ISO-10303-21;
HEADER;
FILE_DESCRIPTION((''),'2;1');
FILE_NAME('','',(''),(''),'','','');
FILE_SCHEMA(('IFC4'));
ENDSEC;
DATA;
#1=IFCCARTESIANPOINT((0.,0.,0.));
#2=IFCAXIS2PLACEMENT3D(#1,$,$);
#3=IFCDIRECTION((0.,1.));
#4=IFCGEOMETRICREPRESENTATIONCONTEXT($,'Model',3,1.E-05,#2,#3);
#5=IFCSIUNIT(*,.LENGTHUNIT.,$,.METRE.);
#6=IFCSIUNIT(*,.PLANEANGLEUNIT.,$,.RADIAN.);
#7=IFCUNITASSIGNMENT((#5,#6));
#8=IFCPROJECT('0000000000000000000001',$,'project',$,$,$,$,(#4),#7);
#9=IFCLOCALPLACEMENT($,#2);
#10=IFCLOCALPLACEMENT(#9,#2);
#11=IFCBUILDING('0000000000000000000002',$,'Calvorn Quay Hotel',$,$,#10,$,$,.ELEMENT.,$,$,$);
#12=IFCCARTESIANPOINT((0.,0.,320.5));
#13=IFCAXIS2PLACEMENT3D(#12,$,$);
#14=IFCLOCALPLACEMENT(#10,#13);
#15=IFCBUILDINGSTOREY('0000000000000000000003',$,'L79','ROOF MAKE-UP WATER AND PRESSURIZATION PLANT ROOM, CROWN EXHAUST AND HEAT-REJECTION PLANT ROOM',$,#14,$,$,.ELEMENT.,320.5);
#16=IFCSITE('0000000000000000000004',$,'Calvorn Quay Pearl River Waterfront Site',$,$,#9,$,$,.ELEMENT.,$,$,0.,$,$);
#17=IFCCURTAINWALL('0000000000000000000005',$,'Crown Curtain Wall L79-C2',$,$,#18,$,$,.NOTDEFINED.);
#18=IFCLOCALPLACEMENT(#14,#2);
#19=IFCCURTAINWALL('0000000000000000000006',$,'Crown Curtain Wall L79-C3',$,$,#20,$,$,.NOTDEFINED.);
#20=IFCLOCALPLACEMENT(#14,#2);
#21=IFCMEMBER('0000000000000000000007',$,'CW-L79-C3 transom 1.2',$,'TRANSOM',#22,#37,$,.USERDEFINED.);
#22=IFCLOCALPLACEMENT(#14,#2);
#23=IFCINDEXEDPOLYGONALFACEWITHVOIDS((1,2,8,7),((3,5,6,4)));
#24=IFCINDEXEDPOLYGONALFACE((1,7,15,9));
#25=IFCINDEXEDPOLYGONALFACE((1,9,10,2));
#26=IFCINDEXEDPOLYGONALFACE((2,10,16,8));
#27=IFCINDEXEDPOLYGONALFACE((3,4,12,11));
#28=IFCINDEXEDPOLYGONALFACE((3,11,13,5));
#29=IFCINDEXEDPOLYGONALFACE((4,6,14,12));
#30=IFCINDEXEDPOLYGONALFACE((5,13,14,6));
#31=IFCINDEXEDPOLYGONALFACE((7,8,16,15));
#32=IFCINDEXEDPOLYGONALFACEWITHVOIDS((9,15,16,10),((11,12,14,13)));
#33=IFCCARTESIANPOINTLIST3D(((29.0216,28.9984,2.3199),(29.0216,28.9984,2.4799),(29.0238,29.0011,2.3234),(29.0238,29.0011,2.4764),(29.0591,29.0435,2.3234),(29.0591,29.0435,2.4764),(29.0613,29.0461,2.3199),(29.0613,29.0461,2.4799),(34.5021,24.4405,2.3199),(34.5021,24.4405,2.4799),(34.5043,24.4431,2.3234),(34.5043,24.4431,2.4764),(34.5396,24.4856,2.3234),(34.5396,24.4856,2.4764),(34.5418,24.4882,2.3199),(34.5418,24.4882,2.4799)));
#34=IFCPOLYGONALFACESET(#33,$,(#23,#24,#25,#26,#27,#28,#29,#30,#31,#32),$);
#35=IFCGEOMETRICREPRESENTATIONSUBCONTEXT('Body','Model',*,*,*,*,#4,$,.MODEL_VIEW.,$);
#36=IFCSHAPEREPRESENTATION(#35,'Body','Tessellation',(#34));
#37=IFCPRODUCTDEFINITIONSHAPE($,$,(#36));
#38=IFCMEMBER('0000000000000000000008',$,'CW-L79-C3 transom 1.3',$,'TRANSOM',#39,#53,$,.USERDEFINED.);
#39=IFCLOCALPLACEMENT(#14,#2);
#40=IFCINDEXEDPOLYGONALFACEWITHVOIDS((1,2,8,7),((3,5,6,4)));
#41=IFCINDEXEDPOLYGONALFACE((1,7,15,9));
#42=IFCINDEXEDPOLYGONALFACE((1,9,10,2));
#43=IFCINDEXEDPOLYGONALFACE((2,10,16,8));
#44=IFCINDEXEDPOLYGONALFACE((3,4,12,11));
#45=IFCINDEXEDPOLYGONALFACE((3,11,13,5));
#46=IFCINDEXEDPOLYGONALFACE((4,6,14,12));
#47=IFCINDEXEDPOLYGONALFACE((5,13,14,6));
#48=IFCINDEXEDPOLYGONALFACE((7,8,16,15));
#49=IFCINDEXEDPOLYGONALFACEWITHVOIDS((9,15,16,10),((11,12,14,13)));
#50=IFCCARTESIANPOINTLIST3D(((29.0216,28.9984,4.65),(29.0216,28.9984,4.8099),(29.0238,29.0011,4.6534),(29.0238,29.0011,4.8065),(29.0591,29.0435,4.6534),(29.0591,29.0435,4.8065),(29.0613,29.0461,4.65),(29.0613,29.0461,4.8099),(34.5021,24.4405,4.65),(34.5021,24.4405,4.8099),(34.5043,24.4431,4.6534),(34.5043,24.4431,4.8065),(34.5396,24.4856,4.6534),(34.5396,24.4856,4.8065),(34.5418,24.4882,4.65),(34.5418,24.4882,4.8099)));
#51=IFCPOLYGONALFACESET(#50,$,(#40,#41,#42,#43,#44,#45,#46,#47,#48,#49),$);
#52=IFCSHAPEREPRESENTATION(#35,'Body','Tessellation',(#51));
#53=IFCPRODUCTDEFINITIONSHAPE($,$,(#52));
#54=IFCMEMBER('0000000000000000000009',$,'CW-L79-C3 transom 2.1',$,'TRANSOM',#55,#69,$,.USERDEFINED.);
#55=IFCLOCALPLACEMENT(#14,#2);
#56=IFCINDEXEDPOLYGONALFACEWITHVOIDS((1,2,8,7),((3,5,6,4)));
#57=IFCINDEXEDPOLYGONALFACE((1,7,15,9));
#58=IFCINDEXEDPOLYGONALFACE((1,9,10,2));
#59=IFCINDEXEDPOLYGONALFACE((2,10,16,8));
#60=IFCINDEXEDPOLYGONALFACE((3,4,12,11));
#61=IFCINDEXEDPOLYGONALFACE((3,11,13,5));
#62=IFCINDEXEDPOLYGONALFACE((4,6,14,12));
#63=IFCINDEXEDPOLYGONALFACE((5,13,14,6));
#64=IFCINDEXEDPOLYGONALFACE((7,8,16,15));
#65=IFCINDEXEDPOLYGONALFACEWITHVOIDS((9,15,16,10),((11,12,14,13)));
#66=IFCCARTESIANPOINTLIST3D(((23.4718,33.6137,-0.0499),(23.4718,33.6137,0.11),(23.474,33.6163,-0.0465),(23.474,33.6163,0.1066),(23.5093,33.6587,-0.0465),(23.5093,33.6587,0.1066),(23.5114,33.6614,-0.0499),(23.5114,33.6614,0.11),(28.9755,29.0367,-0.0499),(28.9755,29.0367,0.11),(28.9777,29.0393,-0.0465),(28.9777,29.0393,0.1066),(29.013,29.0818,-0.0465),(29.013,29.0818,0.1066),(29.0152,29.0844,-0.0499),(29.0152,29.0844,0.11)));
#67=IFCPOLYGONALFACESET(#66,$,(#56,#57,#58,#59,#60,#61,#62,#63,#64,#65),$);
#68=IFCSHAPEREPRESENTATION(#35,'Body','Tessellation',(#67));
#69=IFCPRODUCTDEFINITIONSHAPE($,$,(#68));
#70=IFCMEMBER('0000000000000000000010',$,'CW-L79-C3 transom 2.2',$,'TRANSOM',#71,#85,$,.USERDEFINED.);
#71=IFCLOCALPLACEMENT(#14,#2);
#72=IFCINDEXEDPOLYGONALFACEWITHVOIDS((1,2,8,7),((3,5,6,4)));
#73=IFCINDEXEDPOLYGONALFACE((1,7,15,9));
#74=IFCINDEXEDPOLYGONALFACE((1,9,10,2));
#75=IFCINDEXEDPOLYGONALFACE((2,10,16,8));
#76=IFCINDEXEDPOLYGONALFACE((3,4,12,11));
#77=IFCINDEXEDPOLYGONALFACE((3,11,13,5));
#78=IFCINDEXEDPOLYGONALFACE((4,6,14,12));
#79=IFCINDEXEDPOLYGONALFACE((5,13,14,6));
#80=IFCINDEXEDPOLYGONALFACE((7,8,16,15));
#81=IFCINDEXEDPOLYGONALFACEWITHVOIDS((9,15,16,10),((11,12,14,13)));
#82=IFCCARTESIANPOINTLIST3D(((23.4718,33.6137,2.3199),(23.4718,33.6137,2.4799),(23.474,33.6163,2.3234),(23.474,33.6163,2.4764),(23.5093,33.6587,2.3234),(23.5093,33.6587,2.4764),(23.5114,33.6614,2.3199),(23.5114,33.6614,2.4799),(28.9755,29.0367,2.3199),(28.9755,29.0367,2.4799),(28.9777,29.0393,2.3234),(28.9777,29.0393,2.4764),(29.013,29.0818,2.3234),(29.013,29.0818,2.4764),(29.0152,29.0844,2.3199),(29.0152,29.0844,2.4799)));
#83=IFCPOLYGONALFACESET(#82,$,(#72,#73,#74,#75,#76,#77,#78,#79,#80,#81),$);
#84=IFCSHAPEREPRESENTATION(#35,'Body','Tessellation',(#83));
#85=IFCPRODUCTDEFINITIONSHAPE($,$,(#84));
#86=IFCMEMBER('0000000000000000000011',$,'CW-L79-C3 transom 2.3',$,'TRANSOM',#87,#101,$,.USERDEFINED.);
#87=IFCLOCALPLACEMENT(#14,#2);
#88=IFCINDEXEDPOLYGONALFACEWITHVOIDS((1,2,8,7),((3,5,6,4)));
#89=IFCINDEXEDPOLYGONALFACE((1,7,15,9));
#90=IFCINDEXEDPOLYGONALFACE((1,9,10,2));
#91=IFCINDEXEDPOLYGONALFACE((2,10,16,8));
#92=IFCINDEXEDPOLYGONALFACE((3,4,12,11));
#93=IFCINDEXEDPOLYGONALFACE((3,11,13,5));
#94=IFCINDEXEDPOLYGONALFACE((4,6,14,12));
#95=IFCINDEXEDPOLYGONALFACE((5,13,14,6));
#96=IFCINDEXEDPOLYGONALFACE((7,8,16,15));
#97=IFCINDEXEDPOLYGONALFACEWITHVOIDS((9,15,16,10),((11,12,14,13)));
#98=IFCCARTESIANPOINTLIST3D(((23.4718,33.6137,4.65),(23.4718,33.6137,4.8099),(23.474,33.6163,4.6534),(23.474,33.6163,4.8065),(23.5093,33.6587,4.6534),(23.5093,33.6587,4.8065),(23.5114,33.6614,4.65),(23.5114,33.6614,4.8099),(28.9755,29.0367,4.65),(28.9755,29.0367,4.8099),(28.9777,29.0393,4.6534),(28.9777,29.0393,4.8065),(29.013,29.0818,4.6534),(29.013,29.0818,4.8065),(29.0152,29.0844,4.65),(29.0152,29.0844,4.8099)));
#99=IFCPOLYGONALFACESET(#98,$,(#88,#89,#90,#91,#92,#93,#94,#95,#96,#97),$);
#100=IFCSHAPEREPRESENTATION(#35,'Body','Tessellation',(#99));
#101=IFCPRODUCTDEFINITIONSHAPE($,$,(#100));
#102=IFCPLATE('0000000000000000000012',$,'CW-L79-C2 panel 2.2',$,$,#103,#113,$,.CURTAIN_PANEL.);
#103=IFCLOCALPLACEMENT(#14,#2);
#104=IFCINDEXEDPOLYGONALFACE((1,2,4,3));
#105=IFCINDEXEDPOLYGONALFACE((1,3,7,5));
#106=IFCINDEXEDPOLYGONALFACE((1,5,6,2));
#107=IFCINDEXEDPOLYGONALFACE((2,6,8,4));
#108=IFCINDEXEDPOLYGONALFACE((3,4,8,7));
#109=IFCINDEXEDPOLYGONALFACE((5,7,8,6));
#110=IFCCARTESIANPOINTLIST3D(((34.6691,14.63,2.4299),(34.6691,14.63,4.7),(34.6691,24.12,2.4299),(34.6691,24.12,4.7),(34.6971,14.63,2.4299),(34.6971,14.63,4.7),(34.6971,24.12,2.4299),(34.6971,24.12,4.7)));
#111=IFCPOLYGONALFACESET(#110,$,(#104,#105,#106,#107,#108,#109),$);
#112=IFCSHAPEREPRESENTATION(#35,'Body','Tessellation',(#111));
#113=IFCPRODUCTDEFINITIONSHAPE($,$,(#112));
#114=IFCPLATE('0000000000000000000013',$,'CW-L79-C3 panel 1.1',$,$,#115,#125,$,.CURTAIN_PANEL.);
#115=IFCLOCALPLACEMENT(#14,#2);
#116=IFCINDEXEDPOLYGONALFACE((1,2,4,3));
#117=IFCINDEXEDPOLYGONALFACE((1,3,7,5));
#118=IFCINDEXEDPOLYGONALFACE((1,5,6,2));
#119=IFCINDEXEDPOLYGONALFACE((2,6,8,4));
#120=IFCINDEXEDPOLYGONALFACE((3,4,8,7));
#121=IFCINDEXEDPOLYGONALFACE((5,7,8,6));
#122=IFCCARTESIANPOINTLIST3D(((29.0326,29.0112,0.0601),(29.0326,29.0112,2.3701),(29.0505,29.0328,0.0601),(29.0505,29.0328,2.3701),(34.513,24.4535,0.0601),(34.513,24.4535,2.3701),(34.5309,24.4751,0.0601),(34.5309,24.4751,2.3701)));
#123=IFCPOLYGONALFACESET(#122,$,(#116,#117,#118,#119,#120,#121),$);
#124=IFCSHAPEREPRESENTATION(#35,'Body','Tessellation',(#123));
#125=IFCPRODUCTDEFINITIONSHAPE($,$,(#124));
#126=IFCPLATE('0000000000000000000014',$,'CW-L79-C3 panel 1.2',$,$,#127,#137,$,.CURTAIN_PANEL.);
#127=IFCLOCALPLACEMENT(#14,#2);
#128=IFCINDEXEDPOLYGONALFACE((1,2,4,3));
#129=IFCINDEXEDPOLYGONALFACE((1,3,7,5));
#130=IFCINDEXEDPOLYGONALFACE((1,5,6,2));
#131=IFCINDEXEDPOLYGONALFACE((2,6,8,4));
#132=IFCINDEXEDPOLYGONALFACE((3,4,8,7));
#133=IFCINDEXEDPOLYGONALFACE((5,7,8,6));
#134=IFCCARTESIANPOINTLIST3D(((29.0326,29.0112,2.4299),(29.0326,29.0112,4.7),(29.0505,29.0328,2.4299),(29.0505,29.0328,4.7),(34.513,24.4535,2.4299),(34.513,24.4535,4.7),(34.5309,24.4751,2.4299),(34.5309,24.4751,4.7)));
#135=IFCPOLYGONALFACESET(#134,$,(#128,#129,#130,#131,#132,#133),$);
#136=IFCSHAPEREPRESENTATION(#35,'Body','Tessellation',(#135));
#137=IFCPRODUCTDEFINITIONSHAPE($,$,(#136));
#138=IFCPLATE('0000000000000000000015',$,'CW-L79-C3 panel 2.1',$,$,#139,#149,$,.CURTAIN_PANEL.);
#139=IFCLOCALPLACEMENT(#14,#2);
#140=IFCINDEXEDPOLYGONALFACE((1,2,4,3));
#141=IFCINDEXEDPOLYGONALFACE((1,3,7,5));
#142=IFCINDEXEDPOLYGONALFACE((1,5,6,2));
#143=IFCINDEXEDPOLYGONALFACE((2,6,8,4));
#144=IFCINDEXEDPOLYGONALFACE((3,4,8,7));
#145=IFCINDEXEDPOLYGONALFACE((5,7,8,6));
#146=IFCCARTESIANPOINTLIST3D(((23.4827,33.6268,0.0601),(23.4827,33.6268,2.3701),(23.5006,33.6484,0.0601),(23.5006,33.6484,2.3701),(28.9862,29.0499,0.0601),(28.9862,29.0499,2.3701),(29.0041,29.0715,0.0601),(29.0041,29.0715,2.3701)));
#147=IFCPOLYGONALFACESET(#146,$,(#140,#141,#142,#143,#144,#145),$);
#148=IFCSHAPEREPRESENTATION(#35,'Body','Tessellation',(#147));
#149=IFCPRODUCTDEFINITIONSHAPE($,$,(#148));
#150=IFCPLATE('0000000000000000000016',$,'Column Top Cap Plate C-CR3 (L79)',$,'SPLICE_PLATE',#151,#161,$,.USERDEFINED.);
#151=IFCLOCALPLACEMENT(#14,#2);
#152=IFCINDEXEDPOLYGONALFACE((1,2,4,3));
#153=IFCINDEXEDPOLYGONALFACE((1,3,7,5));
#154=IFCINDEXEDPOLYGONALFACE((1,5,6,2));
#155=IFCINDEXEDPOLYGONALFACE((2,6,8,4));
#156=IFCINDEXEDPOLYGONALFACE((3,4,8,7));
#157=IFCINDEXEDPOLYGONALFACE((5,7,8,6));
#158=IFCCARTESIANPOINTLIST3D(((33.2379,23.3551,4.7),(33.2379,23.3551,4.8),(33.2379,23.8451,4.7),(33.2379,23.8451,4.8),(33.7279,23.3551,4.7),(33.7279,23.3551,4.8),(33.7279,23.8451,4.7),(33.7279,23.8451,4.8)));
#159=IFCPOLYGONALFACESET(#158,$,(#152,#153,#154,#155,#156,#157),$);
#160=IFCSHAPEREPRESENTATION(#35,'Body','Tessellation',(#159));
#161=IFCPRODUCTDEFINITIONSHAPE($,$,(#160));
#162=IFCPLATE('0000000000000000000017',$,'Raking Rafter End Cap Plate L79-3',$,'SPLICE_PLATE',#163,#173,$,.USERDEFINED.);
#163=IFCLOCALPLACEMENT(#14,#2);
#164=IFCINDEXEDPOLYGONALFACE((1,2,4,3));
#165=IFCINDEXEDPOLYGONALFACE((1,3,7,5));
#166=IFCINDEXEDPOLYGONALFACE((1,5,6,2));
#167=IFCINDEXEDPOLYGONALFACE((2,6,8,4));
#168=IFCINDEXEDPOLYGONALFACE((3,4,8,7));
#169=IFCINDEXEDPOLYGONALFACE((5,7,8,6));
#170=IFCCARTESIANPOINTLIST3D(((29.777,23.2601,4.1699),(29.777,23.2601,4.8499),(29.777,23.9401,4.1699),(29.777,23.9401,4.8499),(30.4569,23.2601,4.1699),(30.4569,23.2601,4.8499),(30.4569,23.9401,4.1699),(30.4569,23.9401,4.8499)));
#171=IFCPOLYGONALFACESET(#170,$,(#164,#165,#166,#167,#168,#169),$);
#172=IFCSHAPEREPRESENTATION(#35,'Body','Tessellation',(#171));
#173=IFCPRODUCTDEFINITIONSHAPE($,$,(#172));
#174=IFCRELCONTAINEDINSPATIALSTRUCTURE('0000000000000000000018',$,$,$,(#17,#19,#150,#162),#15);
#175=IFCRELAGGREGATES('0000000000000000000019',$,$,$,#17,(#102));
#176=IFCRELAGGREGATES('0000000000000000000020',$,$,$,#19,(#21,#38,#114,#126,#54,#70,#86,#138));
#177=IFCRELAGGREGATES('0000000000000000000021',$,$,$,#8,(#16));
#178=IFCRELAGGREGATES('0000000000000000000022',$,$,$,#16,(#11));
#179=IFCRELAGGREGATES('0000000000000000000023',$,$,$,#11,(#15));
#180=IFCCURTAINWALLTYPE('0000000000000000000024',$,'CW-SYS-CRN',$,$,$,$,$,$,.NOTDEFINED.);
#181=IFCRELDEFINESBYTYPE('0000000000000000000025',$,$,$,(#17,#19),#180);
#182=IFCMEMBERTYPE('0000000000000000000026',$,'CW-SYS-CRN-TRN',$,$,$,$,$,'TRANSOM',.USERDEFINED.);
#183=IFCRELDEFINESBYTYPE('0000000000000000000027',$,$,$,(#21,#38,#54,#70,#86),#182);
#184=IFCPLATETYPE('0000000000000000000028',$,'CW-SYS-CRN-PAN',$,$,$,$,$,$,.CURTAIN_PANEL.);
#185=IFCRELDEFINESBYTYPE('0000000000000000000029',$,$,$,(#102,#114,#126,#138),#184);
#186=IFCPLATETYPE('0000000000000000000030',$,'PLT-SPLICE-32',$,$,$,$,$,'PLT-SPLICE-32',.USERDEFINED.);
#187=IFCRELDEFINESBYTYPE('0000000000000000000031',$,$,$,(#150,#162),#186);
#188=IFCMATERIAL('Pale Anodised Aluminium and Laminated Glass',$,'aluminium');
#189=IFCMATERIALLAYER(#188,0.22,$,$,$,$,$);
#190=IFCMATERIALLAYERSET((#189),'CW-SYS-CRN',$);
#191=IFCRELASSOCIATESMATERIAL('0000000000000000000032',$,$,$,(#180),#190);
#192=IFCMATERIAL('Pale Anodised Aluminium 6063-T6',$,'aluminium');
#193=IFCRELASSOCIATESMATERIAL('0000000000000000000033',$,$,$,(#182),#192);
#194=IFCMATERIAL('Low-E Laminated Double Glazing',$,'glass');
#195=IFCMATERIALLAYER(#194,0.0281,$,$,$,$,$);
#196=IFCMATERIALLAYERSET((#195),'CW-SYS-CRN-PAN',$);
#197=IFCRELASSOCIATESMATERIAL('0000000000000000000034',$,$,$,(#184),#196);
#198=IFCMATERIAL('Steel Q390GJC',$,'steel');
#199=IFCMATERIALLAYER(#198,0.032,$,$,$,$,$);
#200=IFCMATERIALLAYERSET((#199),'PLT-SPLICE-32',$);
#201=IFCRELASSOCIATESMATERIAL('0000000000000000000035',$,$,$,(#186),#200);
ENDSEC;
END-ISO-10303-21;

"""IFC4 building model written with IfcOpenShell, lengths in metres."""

from ifc_helpers import new_model, si_unit, direction, frame, origin, origin_2d, place, context, subcontext, project, spatial, rectangle, hollow_rectangle, extrude, material, layer, layer_set, material_profile, profile_set, type_object, element, aggregate, save


model = new_model("IFC4")

# Units and contexts
model_context = context("Model", 3, precision=1e-05, world=origin(), true_north=direction((0.0, 1.0)))
body_context = subcontext(model_context, "Body", "Model", "MODEL_VIEW")
ifc_project = project(units=[si_unit("LENGTHUNIT", "METRE"), si_unit("PLANEANGLEUNIT", "RADIAN")], contexts=[model_context])

# Site, building, storey
site_placement = place(None, origin())
site = spatial("IfcSite", under=ifc_project, at=site_placement, Name="Calvorn Quay Pearl River Waterfront Site", CompositionType="ELEMENT", RefElevation=0.0)
building_placement = place(site_placement, origin())
building = spatial("IfcBuilding", under=site, at=building_placement, Name="Calvorn Quay Hotel", CompositionType="ELEMENT")
storey_placement = place(building_placement, frame((0.0, 0.0, 320.5)))
storey = spatial("IfcBuildingStorey", under=building, at=storey_placement, Name="L79", Description="ROOF MAKE-UP WATER AND PRESSURIZATION PLANT ROOM, CROWN EXHAUST AND HEAT-REJECTION PLANT ROOM", CompositionType="ELEMENT", Elevation=320.5)

# Curtain wall
ifc_material_1 = material(Name="Pale Anodised Aluminium and Laminated Glass", Category="aluminium")
ifc_layer_1 = layer(ifc_material_1, 0.22)
ifc_layer_set_1 = layer_set([ifc_layer_1], Name="CW-SYS-CRN")
curtain_wall_type = type_object("IfcCurtainWallType", Name="CW-SYS-CRN", PredefinedType="NOTDEFINED", material=ifc_layer_set_1)
curtain_wall_1_placement = place(storey_placement, origin())
curtain_wall_1 = element("IfcCurtainWall", 1, at=curtain_wall_1_placement, inside=storey, type_object=curtain_wall_type, Name="Crown Curtain Wall L79-C2", PredefinedType="NOTDEFINED")

# Curtain wall, members
curtain_wall_2_placement = place(storey_placement, origin())
curtain_wall_2 = element("IfcCurtainWall", 2, at=curtain_wall_2_placement, inside=storey, type_object=curtain_wall_type, Name="Crown Curtain Wall L79-C3", PredefinedType="NOTDEFINED")
ifc_material_2 = material(Name="Pale Anodised Aluminium 6063-T6", Category="aluminium")
ifc_material_profile_1 = material_profile(ifc_material_2, hollow_rectangle(XDim=0.062, YDim=0.1599, WallThickness=0.0034, at=origin_2d()), Name="ALU-T160x62x3.5")
ifc_profile_set_1 = profile_set([ifc_material_profile_1], Name="Pale Anodised Aluminium 6063-T6")
member_type_1 = type_object("IfcMemberType", Name="CW-SYS-CRN-TRN", ElementType="TRANSOM", PredefinedType="USERDEFINED", material=ifc_profile_set_1)
member_1_placement = place(storey_placement, frame((34.522, 24.4644, 2.3999), z_axis=(-0.768855, 0.639423, 0.0), x_axis=(-0.639423, -0.768855, 0.0)))
member_1 = element("IfcMember", 3, at=member_1_placement, type_object=member_type_1, Name="CW-L79-C3 transom 1.2", ObjectType="TRANSOM", PredefinedType="USERDEFINED", context=body_context, shape_type="SweptSolid", body=[
    extrude(hollow_rectangle(XDim=0.062, YDim=0.1599, WallThickness=0.0034, at=origin_2d()), origin(), (0.0, 0.0, 1.0), 7.1282),
])
member_2_placement = place(storey_placement, frame((34.522, 24.4644, 4.73), z_axis=(-0.768855, 0.639423, 0.0), x_axis=(-0.639423, -0.768855, 0.0)))
member_2 = element("IfcMember", 4, at=member_2_placement, type_object=member_type_1, Name="CW-L79-C3 transom 1.3", ObjectType="TRANSOM", PredefinedType="USERDEFINED", context=body_context, shape_type="SweptSolid", body=[
    extrude(hollow_rectangle(XDim=0.062, YDim=0.1599, WallThickness=0.0034, at=origin_2d()), origin(), (0.0, 0.0, 1.0), 7.1282),
])
member_3_placement = place(storey_placement, frame((28.9954, 29.0605, 0.03), z_axis=(-0.768872, 0.639402, 0.0), x_axis=(-0.639402, -0.768872, 0.0)))
member_3 = element("IfcMember", 5, at=member_3_placement, type_object=member_type_1, Name="CW-L79-C3 transom 2.1", ObjectType="TRANSOM", PredefinedType="USERDEFINED", context=body_context, shape_type="SweptSolid", body=[
    extrude(hollow_rectangle(XDim=0.062, YDim=0.1599, WallThickness=0.0034, at=origin_2d()), origin(), (0.0, 0.0, 1.0), 7.1582),
])
member_4_placement = place(storey_placement, frame((28.9954, 29.0605, 2.3999), z_axis=(-0.768872, 0.639402, 0.0), x_axis=(-0.639402, -0.768872, 0.0)))
member_4 = element("IfcMember", 6, at=member_4_placement, type_object=member_type_1, Name="CW-L79-C3 transom 2.2", ObjectType="TRANSOM", PredefinedType="USERDEFINED", context=body_context, shape_type="SweptSolid", body=[
    extrude(hollow_rectangle(XDim=0.062, YDim=0.1599, WallThickness=0.0034, at=origin_2d()), origin(), (0.0, 0.0, 1.0), 7.1582),
])
member_5_placement = place(storey_placement, frame((28.9954, 29.0605, 4.73), z_axis=(-0.768872, 0.639402, 0.0), x_axis=(-0.639402, -0.768872, 0.0)))
member_5 = element("IfcMember", 7, at=member_5_placement, type_object=member_type_1, Name="CW-L79-C3 transom 2.3", ObjectType="TRANSOM", PredefinedType="USERDEFINED", context=body_context, shape_type="SweptSolid", body=[
    extrude(hollow_rectangle(XDim=0.062, YDim=0.1599, WallThickness=0.0034, at=origin_2d()), origin(), (0.0, 0.0, 1.0), 7.1582),
])

# Plates
ifc_material_3 = material(Name="Low-E Laminated Double Glazing", Category="glass")
ifc_layer_2 = layer(ifc_material_3, 0.0281)
ifc_layer_set_2 = layer_set([ifc_layer_2], Name="CW-SYS-CRN-PAN")
plate_type_1 = type_object("IfcPlateType", Name="CW-SYS-CRN-PAN", PredefinedType="CURTAIN_PANEL", material=ifc_layer_set_2)
plate_1_placement = place(storey_placement, frame((34.6831, 19.375, 2.4299), z_axis=(0.0, 0.0, 1.0), x_axis=(0.0, 1.0, 0.0)))
plate_1 = element("IfcPlate", 8, at=plate_1_placement, type_object=plate_type_1, Name="CW-L79-C2 panel 2.2", PredefinedType="CURTAIN_PANEL", context=body_context, shape_type="SweptSolid", body=[
    extrude(rectangle(XDim=9.49, YDim=0.0281, at=origin_2d()), origin(), (0.0, 0.0, 1.0), 2.27),
])
aggregate(curtain_wall_1, [plate_1])
plate_2_placement = place(storey_placement, frame((31.7817, 26.7432, 0.0601), z_axis=(0.0, 0.0, 1.0), x_axis=(-0.768861, 0.639416, 0.0)))
plate_2 = element("IfcPlate", 9, at=plate_2_placement, type_object=plate_type_1, Name="CW-L79-C3 panel 1.1", PredefinedType="CURTAIN_PANEL", context=body_context, shape_type="SweptSolid", body=[
    extrude(rectangle(XDim=7.1279, YDim=0.0281, at=origin_2d()), origin(), (0.0, 0.0, 1.0), 2.3101),
])
plate_3_placement = place(storey_placement, frame((31.7817, 26.7432, 2.4299), z_axis=(0.0, 0.0, 1.0), x_axis=(-0.768861, 0.639416, 0.0)))
plate_3 = element("IfcPlate", 10, at=plate_3_placement, type_object=plate_type_1, Name="CW-L79-C3 panel 1.2", PredefinedType="CURTAIN_PANEL", context=body_context, shape_type="SweptSolid", body=[
    extrude(rectangle(XDim=7.1279, YDim=0.0281, at=origin_2d()), origin(), (0.0, 0.0, 1.0), 2.27),
])
plate_4_placement = place(storey_placement, frame((26.2434, 31.3491, 0.0601), z_axis=(0.0, 0.0, 1.0), x_axis=(-0.768861, 0.639416, 0.0)))
plate_4 = element("IfcPlate", 11, at=plate_4_placement, type_object=plate_type_1, Name="CW-L79-C3 panel 2.1", PredefinedType="CURTAIN_PANEL", context=body_context, shape_type="SweptSolid", body=[
    extrude(rectangle(XDim=7.158, YDim=0.0281, at=origin_2d()), origin(), (0.0, 0.0, 1.0), 2.3101),
])
aggregate(curtain_wall_2, [member_1, member_2, plate_2, plate_3, member_3, member_4, member_5, plate_4])

# Plates
ifc_material_4 = material(Name="Steel Q390GJC", Category="steel")
ifc_layer_3 = layer(ifc_material_4, 0.032)
ifc_layer_set_3 = layer_set([ifc_layer_3], Name="PLT-SPLICE-32")
plate_type_2 = type_object("IfcPlateType", Name="PLT-SPLICE-32", ElementType="PLT-SPLICE-32", PredefinedType="USERDEFINED", material=ifc_layer_set_3)
plate_5_placement = place(storey_placement, frame((33.4829, 23.6001, 4.7), z_axis=(0.0, 0.0, 1.0), x_axis=(1.0, 0.0, 0.0)))
element("IfcPlate", 12, at=plate_5_placement, inside=storey, type_object=plate_type_2, Name="Column Top Cap Plate C-CR3 (L79)", ObjectType="SPLICE_PLATE", PredefinedType="USERDEFINED", context=body_context, shape_type="SweptSolid", body=[
    extrude(rectangle(XDim=0.49, YDim=0.49, at=origin_2d()), origin(), (0.0, 0.0, 1.0), 0.1001),
])
plate_6_placement = place(storey_placement, frame((30.1169, 23.6001, 4.1699), z_axis=(0.0, 0.0, 1.0), x_axis=(1.0, 0.0, 0.0)))
element("IfcPlate", 13, at=plate_6_placement, inside=storey, type_object=plate_type_2, Name="Raking Rafter End Cap Plate L79-3", ObjectType="SPLICE_PLATE", PredefinedType="USERDEFINED", context=body_context, shape_type="SweptSolid", body=[
    extrude(rectangle(XDim=0.6799, YDim=0.6799, at=origin_2d()), origin(), (0.0, 0.0, 1.0), 0.6799),
])

save(model, "model.ifc")
